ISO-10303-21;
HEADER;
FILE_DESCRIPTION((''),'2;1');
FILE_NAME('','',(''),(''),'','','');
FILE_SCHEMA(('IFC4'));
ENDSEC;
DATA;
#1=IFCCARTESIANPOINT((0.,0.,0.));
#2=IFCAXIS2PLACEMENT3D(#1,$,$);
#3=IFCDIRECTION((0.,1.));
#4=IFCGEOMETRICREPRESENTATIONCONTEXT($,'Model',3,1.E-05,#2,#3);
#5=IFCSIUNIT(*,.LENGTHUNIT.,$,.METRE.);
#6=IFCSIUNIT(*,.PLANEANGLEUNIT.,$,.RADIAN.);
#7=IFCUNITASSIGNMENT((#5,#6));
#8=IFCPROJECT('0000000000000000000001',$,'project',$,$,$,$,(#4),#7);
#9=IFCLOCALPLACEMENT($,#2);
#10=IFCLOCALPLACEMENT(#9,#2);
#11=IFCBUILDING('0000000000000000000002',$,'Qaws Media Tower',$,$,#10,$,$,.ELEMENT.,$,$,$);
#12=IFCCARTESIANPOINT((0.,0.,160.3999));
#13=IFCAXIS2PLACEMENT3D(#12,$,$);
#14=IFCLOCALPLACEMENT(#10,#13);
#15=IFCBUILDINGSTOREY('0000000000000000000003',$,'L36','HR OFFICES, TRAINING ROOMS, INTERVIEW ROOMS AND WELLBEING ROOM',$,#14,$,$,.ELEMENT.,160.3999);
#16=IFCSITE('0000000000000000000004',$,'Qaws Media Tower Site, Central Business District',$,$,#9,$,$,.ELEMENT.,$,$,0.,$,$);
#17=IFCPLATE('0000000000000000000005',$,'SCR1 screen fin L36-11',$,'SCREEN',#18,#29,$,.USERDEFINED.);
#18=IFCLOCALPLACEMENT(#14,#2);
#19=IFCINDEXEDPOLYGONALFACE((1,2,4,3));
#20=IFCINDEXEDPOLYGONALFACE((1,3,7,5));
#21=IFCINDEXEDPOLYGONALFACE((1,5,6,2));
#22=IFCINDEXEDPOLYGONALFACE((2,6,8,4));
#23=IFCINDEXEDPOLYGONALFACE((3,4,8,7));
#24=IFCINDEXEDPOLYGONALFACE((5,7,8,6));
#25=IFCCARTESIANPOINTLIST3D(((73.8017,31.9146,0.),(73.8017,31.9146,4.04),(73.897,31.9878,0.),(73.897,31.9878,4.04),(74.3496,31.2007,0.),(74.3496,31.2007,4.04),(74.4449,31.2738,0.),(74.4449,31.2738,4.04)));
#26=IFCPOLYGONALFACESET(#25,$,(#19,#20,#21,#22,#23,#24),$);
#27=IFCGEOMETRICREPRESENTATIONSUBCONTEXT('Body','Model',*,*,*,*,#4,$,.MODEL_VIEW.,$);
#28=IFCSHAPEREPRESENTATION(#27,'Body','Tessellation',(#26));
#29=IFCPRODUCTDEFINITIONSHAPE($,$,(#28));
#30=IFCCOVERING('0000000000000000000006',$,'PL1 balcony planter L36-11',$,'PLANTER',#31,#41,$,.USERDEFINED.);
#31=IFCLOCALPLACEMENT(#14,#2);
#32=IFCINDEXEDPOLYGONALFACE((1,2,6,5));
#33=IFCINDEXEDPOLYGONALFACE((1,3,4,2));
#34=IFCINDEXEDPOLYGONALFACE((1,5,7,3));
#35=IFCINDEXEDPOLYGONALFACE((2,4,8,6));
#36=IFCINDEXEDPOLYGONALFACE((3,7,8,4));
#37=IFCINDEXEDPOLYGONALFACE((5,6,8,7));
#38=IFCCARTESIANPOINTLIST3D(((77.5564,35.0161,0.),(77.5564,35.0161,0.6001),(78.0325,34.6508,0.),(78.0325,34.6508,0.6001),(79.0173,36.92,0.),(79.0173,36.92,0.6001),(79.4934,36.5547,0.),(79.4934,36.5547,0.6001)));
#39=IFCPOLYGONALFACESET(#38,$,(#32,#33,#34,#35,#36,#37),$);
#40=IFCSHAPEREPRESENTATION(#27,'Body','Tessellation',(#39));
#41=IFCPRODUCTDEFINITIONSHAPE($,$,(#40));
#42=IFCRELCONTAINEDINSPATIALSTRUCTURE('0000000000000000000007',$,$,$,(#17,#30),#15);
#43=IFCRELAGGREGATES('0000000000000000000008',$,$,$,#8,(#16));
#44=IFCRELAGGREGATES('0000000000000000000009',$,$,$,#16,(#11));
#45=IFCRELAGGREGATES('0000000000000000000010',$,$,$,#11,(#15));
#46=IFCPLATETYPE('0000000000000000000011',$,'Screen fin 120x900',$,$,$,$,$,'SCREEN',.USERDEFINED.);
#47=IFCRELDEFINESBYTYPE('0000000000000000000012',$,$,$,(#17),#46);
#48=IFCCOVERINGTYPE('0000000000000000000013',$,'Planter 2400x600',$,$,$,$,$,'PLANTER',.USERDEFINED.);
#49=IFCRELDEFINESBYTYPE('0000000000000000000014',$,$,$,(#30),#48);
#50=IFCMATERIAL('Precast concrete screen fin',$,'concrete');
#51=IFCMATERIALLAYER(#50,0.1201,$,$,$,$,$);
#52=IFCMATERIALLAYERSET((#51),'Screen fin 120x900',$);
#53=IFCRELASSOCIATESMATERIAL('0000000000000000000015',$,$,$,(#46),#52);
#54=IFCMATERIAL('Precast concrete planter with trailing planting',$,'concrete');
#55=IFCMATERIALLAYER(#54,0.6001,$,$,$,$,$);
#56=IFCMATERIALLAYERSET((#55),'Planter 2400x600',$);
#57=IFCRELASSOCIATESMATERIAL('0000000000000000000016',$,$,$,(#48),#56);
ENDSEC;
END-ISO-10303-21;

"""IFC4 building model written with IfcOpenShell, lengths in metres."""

from ifc_helpers import new_model, si_unit, direction, frame, origin, origin_2d, place, context, subcontext, project, spatial, rectangle, extrude, material, layer, layer_set, type_object, element, save


model = new_model("IFC4")

# Units and contexts
model_context = context("Model", 3, precision=1e-05, world=origin(), true_north=direction((0.0, 1.0)))
body_context = subcontext(model_context, "Body", "Model", "MODEL_VIEW")
ifc_project = project(units=[si_unit("LENGTHUNIT", "METRE"), si_unit("PLANEANGLEUNIT", "RADIAN")], contexts=[model_context])

# Site, building, storey
site_placement = place(None, origin())
site = spatial("IfcSite", under=ifc_project, at=site_placement, Name="Qaws Media Tower Site, Central Business District", CompositionType="ELEMENT", RefElevation=0.0)
building_placement = place(site_placement, origin())
building = spatial("IfcBuilding", under=site, at=building_placement, Name="Qaws Media Tower", CompositionType="ELEMENT")
storey_placement = place(building_placement, frame((0.0, 0.0, 160.3999)))
storey = spatial("IfcBuildingStorey", under=building, at=storey_placement, Name="L36", Description="HR OFFICES, TRAINING ROOMS, INTERVIEW ROOMS AND WELLBEING ROOM", CompositionType="ELEMENT", Elevation=160.3999)

# Plate
ifc_material_1 = material(Name="Precast concrete screen fin", Category="concrete")
ifc_layer_1 = layer(ifc_material_1, 0.1201)
ifc_layer_set_1 = layer_set([ifc_layer_1], Name="Screen fin 120x900")
plate_type_1 = type_object("IfcPlateType", Name="Screen fin 120x900", ElementType="SCREEN", PredefinedType="USERDEFINED", material=ifc_layer_set_1)
plate_1_placement = place(storey_placement, frame((74.1233, 31.5942, 0.0), z_axis=(0.0, 0.0, 1.0), x_axis=(0.608761, -0.793353, 0.0)))
element("IfcPlate", 1, at=plate_1_placement, inside=storey, type_object=plate_type_1, Name="SCR1 screen fin L36-11", ObjectType="SCREEN", PredefinedType="USERDEFINED", context=body_context, shape_type="SweptSolid", body=[
    extrude(rectangle(XDim=0.8999, YDim=0.1201, at=origin_2d()), origin(), (0.0, 0.0, 1.0), 4.04),
])

# Covering
ifc_material_2 = material(Name="Precast concrete planter with trailing planting", Category="concrete")
ifc_layer_2 = layer(ifc_material_2, 0.6001)
ifc_layer_set_2 = layer_set([ifc_layer_2], Name="Planter 2400x600")
covering_type = type_object("IfcCoveringType", Name="Planter 2400x600", ElementType="PLANTER", PredefinedType="USERDEFINED", material=ifc_layer_set_2)
covering_placement = place(storey_placement, frame((78.5249, 35.7854, 0.0), z_axis=(0.0, 0.0, 1.0), x_axis=(0.608761, 0.793353, 0.0)))
element("IfcCovering", 2, at=covering_placement, inside=storey, type_object=covering_type, Name="PL1 balcony planter L36-11", ObjectType="PLANTER", PredefinedType="USERDEFINED", context=body_context, shape_type="SweptSolid", body=[
    extrude(rectangle(XDim=2.3999, YDim=0.6001, at=origin_2d()), origin(), (0.0, 0.0, 1.0), 0.6001),
])

save(model, "model.ifc")
